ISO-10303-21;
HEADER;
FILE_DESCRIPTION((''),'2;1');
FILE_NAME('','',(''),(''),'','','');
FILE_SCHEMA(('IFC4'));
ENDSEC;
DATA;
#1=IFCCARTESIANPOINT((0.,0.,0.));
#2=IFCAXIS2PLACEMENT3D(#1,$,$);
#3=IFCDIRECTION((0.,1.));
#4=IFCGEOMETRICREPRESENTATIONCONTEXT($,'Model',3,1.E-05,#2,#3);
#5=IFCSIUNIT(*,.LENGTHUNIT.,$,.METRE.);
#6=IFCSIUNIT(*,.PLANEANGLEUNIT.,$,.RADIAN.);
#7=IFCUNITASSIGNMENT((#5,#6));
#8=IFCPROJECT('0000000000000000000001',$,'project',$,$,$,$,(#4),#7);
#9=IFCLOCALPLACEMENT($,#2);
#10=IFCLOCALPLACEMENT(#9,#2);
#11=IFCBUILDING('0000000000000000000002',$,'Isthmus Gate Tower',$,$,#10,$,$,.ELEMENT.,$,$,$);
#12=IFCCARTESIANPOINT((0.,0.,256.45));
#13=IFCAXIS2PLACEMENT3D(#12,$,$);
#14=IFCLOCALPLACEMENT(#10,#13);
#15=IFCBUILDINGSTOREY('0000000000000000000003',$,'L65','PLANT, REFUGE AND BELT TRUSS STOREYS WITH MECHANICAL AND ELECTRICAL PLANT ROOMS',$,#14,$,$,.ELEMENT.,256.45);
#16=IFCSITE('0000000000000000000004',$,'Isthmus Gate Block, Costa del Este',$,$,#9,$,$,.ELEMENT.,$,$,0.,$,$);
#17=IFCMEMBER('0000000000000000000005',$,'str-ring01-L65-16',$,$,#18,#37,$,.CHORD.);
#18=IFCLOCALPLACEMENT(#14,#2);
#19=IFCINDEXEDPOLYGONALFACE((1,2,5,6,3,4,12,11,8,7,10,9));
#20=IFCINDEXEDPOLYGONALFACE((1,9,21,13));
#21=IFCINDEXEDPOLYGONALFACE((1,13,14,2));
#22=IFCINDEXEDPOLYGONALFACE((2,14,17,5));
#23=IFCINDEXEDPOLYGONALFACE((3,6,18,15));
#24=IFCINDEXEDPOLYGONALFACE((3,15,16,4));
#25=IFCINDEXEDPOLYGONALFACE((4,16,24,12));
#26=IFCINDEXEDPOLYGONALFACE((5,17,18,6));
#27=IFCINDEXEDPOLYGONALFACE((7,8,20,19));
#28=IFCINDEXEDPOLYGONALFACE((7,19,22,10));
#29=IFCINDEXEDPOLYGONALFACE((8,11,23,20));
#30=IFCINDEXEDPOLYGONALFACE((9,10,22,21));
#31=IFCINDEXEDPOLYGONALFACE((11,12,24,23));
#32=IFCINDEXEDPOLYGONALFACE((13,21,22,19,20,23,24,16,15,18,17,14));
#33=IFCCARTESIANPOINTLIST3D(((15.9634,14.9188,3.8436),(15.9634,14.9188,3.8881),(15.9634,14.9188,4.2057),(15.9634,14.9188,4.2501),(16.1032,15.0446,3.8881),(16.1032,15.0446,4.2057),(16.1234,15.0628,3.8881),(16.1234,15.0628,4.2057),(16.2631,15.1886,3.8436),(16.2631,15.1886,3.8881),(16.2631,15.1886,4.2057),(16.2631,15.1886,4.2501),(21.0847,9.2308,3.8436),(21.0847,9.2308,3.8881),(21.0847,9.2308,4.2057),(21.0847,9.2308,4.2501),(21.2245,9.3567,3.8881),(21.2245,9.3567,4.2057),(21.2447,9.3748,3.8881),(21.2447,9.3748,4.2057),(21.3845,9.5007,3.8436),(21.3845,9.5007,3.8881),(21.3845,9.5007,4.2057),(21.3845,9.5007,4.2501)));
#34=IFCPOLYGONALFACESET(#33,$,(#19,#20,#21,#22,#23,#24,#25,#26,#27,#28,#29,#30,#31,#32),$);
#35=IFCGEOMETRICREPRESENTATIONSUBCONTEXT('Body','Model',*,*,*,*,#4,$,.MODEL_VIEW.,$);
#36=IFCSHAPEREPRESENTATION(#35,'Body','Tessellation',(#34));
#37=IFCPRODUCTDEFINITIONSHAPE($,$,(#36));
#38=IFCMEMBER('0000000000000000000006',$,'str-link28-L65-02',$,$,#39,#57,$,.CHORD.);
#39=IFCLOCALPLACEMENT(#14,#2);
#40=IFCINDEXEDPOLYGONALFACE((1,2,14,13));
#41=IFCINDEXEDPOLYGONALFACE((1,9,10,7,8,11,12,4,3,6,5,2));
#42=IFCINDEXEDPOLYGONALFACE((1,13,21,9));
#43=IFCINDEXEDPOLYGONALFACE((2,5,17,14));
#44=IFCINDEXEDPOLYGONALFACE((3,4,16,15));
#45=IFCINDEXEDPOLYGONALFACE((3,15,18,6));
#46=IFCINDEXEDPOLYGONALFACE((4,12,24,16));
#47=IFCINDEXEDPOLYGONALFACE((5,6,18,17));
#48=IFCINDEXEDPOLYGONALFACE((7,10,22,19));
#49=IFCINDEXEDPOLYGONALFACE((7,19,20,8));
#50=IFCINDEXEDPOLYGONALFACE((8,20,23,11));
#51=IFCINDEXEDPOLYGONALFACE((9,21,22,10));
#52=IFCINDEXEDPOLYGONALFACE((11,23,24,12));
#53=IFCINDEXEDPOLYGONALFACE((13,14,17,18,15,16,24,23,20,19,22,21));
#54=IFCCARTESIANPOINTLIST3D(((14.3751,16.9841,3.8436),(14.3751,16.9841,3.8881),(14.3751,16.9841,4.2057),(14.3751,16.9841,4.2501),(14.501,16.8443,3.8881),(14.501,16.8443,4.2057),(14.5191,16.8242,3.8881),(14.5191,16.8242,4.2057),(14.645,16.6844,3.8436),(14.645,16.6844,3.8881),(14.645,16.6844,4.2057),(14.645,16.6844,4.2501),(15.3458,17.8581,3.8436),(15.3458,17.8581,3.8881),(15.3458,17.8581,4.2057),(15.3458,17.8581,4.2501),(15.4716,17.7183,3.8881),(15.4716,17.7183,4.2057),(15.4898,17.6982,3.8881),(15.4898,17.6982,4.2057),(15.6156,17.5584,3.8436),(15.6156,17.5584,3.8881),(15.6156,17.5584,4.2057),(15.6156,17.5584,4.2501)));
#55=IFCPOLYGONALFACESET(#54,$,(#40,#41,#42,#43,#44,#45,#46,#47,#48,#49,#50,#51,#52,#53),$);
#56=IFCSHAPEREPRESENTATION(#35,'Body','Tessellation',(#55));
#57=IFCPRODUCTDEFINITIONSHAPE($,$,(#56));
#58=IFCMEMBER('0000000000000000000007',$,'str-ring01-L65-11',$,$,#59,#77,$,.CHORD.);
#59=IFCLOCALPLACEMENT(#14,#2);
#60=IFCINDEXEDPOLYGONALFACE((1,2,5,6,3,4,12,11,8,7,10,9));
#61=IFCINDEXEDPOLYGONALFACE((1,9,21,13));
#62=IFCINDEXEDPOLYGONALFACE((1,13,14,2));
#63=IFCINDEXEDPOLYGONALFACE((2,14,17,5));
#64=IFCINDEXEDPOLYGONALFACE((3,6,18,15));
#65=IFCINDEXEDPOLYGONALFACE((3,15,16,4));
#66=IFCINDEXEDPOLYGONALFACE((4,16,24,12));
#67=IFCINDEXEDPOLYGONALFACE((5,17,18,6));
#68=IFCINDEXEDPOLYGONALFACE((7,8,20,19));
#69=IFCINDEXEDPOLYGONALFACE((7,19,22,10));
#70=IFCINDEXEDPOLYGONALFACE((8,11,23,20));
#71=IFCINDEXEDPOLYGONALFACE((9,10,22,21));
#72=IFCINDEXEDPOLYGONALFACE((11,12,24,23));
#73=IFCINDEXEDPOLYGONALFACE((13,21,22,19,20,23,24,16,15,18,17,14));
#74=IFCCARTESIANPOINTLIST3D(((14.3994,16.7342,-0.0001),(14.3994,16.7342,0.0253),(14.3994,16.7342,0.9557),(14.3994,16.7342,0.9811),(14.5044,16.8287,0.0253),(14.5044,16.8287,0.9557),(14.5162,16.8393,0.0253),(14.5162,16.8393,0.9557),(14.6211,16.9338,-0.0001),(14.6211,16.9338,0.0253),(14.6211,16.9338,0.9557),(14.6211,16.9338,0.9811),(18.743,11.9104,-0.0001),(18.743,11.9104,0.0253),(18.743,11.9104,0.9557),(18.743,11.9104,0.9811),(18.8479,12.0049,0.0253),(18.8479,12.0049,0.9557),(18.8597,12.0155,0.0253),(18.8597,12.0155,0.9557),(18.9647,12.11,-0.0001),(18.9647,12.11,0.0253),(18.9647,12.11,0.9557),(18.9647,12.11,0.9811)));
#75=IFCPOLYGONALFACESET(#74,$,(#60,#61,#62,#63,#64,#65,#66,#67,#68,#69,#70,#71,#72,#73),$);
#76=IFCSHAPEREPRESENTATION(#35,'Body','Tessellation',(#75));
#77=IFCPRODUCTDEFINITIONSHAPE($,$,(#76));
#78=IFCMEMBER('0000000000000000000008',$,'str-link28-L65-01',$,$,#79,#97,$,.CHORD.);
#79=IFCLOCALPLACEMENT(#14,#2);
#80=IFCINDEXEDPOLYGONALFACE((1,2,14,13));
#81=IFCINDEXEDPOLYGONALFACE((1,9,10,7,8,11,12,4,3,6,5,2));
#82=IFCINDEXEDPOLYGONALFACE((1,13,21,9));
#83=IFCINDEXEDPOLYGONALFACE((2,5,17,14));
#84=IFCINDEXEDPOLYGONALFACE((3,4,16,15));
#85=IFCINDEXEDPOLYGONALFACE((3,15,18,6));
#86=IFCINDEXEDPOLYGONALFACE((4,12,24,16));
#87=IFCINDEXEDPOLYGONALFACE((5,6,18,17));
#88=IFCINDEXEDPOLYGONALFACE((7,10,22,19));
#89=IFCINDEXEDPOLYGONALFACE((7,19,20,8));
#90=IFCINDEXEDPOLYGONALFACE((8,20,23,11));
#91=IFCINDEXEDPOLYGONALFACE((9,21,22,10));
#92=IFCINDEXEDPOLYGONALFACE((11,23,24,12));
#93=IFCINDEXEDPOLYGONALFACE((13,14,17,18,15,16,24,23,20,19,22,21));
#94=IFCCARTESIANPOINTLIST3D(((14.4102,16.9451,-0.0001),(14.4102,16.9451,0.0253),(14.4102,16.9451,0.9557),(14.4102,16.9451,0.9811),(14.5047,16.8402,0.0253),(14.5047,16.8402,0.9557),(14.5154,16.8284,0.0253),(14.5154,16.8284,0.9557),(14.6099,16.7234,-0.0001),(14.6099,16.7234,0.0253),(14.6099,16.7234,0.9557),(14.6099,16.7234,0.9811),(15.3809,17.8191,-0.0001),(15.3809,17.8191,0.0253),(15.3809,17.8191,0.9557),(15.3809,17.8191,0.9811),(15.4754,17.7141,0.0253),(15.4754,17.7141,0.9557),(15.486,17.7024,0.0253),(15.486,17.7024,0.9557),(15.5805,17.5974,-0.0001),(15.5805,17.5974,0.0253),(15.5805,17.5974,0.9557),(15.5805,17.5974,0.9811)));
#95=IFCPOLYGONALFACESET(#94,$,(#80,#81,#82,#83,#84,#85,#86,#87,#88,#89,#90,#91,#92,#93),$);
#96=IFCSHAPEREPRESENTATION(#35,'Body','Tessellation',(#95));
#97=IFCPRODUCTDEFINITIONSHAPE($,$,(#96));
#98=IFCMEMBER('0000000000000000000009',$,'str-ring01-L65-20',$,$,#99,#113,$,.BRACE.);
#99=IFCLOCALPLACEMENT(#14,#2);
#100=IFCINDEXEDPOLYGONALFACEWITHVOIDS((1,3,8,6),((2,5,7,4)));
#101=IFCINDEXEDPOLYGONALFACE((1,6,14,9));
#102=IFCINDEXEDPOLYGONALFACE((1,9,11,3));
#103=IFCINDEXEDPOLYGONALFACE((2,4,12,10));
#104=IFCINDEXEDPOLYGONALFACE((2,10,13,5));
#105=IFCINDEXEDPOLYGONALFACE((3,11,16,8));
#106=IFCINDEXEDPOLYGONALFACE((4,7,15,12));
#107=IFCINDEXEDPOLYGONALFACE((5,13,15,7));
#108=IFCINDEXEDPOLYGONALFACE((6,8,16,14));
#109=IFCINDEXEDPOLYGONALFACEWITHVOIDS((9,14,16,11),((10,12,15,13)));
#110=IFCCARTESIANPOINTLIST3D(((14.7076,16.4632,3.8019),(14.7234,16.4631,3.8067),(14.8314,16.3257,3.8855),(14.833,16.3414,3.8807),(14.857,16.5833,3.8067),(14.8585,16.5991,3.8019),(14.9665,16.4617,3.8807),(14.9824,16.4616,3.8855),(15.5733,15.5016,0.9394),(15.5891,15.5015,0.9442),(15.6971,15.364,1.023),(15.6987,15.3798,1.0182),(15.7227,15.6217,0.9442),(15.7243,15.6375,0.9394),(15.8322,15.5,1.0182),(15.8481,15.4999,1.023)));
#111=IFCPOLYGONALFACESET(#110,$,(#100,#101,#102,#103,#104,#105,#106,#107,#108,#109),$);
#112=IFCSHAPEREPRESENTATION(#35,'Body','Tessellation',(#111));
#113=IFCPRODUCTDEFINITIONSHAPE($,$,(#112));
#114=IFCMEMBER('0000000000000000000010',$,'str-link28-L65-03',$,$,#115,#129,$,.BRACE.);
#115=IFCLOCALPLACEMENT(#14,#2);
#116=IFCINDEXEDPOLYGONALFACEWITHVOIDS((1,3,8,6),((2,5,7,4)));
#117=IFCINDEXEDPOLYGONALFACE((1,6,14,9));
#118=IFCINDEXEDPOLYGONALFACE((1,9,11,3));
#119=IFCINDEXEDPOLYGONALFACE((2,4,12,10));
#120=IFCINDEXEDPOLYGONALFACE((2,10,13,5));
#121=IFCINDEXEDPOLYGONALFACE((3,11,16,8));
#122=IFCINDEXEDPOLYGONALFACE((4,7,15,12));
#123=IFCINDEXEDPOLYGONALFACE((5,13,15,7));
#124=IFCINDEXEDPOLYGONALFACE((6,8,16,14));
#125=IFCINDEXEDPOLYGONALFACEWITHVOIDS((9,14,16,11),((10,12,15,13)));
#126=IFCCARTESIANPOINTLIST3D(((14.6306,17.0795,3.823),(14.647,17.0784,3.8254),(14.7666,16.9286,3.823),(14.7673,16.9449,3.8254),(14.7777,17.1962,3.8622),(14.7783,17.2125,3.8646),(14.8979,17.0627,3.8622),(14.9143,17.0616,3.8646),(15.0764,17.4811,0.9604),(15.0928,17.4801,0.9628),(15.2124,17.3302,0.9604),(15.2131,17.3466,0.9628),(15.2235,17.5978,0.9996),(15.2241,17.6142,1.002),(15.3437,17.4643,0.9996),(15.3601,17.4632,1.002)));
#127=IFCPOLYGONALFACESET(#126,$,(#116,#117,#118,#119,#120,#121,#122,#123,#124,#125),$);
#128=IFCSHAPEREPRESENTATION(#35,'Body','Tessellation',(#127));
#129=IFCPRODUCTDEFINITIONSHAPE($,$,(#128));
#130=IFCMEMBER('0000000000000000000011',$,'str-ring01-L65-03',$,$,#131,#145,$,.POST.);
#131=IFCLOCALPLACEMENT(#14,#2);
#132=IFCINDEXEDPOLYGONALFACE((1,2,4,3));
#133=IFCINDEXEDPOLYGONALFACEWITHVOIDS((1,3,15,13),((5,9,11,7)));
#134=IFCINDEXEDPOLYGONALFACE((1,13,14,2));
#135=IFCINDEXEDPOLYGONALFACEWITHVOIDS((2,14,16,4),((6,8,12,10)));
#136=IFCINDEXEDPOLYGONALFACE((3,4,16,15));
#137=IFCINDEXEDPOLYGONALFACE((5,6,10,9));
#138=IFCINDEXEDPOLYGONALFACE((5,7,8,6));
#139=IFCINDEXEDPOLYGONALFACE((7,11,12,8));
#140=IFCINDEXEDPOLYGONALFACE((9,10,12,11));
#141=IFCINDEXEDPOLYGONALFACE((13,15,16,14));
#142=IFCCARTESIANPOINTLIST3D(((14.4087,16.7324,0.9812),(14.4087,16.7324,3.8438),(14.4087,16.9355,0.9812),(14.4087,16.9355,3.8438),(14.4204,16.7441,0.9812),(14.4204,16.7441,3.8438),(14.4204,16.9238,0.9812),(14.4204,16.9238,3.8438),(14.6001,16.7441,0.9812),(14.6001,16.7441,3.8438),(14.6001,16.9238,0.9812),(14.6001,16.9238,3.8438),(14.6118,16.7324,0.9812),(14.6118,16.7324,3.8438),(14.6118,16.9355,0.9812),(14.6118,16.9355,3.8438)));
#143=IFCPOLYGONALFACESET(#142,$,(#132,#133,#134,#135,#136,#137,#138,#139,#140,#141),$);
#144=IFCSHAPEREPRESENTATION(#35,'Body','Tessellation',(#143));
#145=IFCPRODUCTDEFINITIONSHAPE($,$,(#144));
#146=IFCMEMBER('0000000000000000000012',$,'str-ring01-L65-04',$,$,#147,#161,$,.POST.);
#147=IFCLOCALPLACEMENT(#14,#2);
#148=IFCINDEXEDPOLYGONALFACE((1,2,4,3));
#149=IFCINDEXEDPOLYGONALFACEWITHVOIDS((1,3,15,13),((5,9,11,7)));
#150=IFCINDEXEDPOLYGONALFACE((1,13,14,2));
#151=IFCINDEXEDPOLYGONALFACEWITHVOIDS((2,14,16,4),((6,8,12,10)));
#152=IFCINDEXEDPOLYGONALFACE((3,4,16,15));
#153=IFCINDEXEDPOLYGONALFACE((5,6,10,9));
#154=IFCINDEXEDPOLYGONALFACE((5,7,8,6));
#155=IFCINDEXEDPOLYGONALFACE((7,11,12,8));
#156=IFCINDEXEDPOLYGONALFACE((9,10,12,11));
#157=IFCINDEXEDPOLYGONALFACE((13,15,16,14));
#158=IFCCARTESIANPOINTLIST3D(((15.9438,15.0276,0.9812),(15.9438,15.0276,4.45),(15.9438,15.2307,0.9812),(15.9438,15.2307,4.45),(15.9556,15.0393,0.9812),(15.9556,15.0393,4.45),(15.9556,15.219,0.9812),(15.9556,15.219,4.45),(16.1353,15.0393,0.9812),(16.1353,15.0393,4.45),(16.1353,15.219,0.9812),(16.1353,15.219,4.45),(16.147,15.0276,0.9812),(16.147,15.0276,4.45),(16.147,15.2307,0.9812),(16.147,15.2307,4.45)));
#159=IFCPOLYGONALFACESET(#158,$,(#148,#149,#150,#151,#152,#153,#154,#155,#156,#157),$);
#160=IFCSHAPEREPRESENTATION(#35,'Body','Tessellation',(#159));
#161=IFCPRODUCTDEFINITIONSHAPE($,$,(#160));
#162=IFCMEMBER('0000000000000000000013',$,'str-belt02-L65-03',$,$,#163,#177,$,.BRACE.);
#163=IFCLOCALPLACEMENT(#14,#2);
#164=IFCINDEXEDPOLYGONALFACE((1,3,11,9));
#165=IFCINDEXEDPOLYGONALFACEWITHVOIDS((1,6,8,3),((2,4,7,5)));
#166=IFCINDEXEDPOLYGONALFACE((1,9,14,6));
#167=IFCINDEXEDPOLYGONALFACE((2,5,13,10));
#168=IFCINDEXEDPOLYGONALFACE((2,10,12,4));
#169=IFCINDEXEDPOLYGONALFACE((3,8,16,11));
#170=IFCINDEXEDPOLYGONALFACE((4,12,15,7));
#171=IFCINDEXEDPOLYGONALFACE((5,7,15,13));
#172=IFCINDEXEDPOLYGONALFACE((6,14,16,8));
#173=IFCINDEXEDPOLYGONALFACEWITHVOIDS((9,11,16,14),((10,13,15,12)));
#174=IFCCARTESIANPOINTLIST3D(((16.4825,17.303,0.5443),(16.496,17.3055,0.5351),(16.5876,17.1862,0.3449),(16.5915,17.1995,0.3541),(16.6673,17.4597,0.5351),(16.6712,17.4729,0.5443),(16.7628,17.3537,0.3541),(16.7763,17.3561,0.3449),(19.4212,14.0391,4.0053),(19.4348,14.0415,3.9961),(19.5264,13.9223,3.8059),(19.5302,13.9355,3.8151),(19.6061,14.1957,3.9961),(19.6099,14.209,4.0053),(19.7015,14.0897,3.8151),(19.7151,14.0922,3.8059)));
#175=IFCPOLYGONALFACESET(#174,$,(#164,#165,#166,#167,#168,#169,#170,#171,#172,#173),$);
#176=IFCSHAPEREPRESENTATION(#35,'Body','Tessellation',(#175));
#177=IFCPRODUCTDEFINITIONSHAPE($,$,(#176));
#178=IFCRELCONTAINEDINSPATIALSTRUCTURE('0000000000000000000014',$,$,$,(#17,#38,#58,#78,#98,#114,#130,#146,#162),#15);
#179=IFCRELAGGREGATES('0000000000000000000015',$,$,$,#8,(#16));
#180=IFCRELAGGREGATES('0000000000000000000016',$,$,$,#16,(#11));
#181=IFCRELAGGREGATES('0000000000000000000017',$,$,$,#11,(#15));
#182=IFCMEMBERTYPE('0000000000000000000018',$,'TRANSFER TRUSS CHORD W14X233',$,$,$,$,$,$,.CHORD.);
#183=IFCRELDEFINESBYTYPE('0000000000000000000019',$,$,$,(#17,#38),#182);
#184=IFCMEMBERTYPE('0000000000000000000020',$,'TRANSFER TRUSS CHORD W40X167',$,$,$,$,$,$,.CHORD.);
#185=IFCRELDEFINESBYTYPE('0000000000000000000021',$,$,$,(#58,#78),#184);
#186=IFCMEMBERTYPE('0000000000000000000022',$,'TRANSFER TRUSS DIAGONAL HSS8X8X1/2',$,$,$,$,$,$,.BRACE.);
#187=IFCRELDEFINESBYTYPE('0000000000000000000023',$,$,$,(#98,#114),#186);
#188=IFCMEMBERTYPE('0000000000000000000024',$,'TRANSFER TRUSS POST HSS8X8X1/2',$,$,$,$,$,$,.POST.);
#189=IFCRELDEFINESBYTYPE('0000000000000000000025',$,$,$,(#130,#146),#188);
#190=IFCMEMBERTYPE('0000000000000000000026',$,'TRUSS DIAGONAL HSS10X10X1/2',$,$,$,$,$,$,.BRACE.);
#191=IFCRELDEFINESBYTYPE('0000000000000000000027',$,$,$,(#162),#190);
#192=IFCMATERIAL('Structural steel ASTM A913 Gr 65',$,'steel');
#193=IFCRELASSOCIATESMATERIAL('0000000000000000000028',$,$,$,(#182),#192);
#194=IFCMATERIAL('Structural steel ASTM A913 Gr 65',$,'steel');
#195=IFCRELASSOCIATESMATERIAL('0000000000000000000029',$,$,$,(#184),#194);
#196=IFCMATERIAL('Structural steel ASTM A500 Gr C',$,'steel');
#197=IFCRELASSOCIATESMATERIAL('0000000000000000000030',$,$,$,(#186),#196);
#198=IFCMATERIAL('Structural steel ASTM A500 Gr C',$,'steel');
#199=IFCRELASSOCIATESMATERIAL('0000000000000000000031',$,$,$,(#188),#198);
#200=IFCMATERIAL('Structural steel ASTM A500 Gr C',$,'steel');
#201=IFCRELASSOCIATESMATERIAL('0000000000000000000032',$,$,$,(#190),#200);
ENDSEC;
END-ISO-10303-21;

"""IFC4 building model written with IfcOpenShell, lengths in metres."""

from ifc_helpers import new_model, si_unit, direction, frame, origin, origin_2d, place, context, subcontext, project, spatial, hollow_rectangle, i_section, extrude, material, material_profile, profile_set, type_object, element, save


model = new_model("IFC4")

# Units and contexts
model_context = context("Model", 3, precision=1e-05, world=origin(), true_north=direction((0.0, 1.0)))
body_context = subcontext(model_context, "Body", "Model", "MODEL_VIEW")
ifc_project = project(units=[si_unit("LENGTHUNIT", "METRE"), si_unit("PLANEANGLEUNIT", "RADIAN")], contexts=[model_context])

# Site, building, storey
site_placement = place(None, origin())
site = spatial("IfcSite", under=ifc_project, at=site_placement, Name="Isthmus Gate Block, Costa del Este", CompositionType="ELEMENT", RefElevation=0.0)
building_placement = place(site_placement, origin())
building = spatial("IfcBuilding", under=site, at=building_placement, Name="Isthmus Gate Tower", CompositionType="ELEMENT")
storey_placement = place(building_placement, frame((0.0, 0.0, 256.45)))
storey = spatial("IfcBuildingStorey", under=building, at=storey_placement, Name="L65", Description="PLANT, REFUGE AND BELT TRUSS STOREYS WITH MECHANICAL AND ELECTRICAL PLANT ROOMS", CompositionType="ELEMENT", Elevation=256.45)

# Members
ifc_material_1 = material(Name="Structural steel ASTM A913 Gr 65", Category="steel")
ifc_material_profile_1 = material_profile(ifc_material_1, i_section(OverallWidth=0.4033, OverallDepth=0.4065, WebThickness=0.0271, FlangeThickness=0.0444, at=origin_2d()), Name="W14X233")
ifc_profile_set_1 = profile_set([ifc_material_profile_1], Name="Structural steel ASTM A913 Gr 65")
member_type_1 = type_object("IfcMemberType", Name="TRANSFER TRUSS CHORD W14X233", PredefinedType="CHORD", material=ifc_profile_set_1)
member_1_placement = place(storey_placement, frame((16.1133, 15.0537, 4.0469), z_axis=(0.66912, -0.743155, 0.0), x_axis=(0.743155, 0.66912, 0.0)))
element("IfcMember", 1, at=member_1_placement, inside=storey, type_object=member_type_1, Name="str-ring01-L65-16", PredefinedType="CHORD", context=body_context, shape_type="SweptSolid", body=[
    extrude(i_section(OverallWidth=0.4033, OverallDepth=0.4065, WebThickness=0.0271, FlangeThickness=0.0444, at=origin_2d()), origin(), (0.0, 0.0, 1.0), 7.6538),
])
member_2_placement = place(storey_placement, frame((15.4807, 17.7083, 4.0469), z_axis=(-0.743145, -0.66913, 0.0), x_axis=(0.66913, -0.743145, 0.0)))
element("IfcMember", 2, at=member_2_placement, inside=storey, type_object=member_type_1, Name="str-link28-L65-02", PredefinedType="CHORD", context=body_context, shape_type="SweptSolid", body=[
    extrude(i_section(OverallWidth=0.4033, OverallDepth=0.4065, WebThickness=0.0271, FlangeThickness=0.0444, at=origin_2d()), origin(), (0.0, 0.0, 1.0), 1.3062),
])
ifc_material_2 = material(Name="Structural steel ASTM A913 Gr 65", Category="steel")
ifc_material_profile_2 = material_profile(ifc_material_2, i_section(OverallWidth=0.2983, OverallDepth=0.9812, WebThickness=0.0159, FlangeThickness=0.0254, at=origin_2d()), Name="W40X167")
ifc_profile_set_2 = profile_set([ifc_material_profile_2], Name="Structural steel ASTM A913 Gr 65")
member_type_2 = type_object("IfcMemberType", Name="TRANSFER TRUSS CHORD W40X167", PredefinedType="CHORD", material=ifc_profile_set_2)
member_3_placement = place(storey_placement, frame((14.5103, 16.834, 0.4905), z_axis=(0.669148, -0.74313, 0.0), x_axis=(0.74313, 0.669148, 0.0)))
element("IfcMember", 3, at=member_3_placement, inside=storey, type_object=member_type_2, Name="str-ring01-L65-11", PredefinedType="CHORD", context=body_context, shape_type="SweptSolid", body=[
    extrude(i_section(OverallWidth=0.2983, OverallDepth=0.9812, WebThickness=0.0159, FlangeThickness=0.0254, at=origin_2d()), origin(), (0.0, 0.0, 1.0), 6.4912),
])
member_4_placement = place(storey_placement, frame((15.4807, 17.7083, 0.4905), z_axis=(-0.743145, -0.66913, 0.0), x_axis=(0.66913, -0.743145, 0.0)))
element("IfcMember", 4, at=member_4_placement, inside=storey, type_object=member_type_2, Name="str-link28-L65-01", PredefinedType="CHORD", context=body_context, shape_type="SweptSolid", body=[
    extrude(i_section(OverallWidth=0.2983, OverallDepth=0.9812, WebThickness=0.0159, FlangeThickness=0.0254, at=origin_2d()), origin(), (0.0, 0.0, 1.0), 1.3062),
])
ifc_material_3 = material(Name="Structural steel ASTM A500 Gr C", Category="steel")
ifc_material_profile_3 = material_profile(ifc_material_3, hollow_rectangle(XDim=0.2031, YDim=0.2031, WallThickness=0.0117, at=origin_2d()), Name="HSS8X8X1/2")
ifc_profile_set_3 = profile_set([ifc_material_profile_3], Name="Structural steel ASTM A500 Gr C")
member_type_3 = type_object("IfcMemberType", Name="TRANSFER TRUSS DIAGONAL HSS8X8X1/2", PredefinedType="BRACE", material=ifc_profile_set_3)
member_5_placement = place(storey_placement, frame((15.7107, 15.5007, 0.9812), z_axis=(-0.275584, 0.306127, 0.91123), x_axis=(-0.74321, -0.669059, 0.0)))
element("IfcMember", 5, at=member_5_placement, inside=storey, type_object=member_type_3, Name="str-ring01-L65-20", PredefinedType="BRACE", context=body_context, shape_type="SweptSolid", body=[
    extrude(hollow_rectangle(XDim=0.2031, YDim=0.2031, WallThickness=0.0117, at=origin_2d()), origin(), (0.0, 0.0, 1.0), 3.1414),
])
member_6_placement = place(storey_placement, frame((15.2183, 17.4722, 0.9812), z_axis=(-0.152423, -0.137314, 0.97873), x_axis=(0.669324, -0.74297, 0.0)))
element("IfcMember", 6, at=member_6_placement, inside=storey, type_object=member_type_3, Name="str-link28-L65-03", PredefinedType="BRACE", context=body_context, shape_type="SweptSolid", body=[
    extrude(hollow_rectangle(XDim=0.2031, YDim=0.2031, WallThickness=0.0117, at=origin_2d()), origin(), (0.0, 0.0, 1.0), 2.9248),
])
ifc_material_4 = material(Name="Structural steel ASTM A500 Gr C", Category="steel")
ifc_material_profile_4 = material_profile(ifc_material_4, hollow_rectangle(XDim=0.2031, YDim=0.2031, WallThickness=0.0117, at=origin_2d()), Name="HSS8X8X1/2")
ifc_profile_set_4 = profile_set([ifc_material_profile_4], Name="Structural steel ASTM A500 Gr C")
member_type_4 = type_object("IfcMemberType", Name="TRANSFER TRUSS POST HSS8X8X1/2", PredefinedType="POST", material=ifc_profile_set_4)
member_7_placement = place(storey_placement, frame((14.5103, 16.834, 0.9812), z_axis=(0.0, 0.0, 1.0), x_axis=(1.0, 0.0, 0.0)))
element("IfcMember", 7, at=member_7_placement, inside=storey, type_object=member_type_4, Name="str-ring01-L65-03", PredefinedType="POST", context=body_context, shape_type="SweptSolid", body=[
    extrude(hollow_rectangle(XDim=0.2031, YDim=0.2031, WallThickness=0.0117, at=origin_2d()), origin(), (0.0, 0.0, 1.0), 2.8625),
])
member_8_placement = place(storey_placement, frame((16.0454, 15.1292, 0.9812), z_axis=(0.0, 0.0, 1.0), x_axis=(1.0, 0.0, 0.0)))
element("IfcMember", 8, at=member_8_placement, inside=storey, type_object=member_type_4, Name="str-ring01-L65-04", PredefinedType="POST", context=body_context, shape_type="SweptSolid", body=[
    extrude(hollow_rectangle(XDim=0.2031, YDim=0.2031, WallThickness=0.0117, at=origin_2d()), origin(), (0.0, 0.0, 1.0), 3.4688),
])
ifc_material_5 = material(Name="Structural steel ASTM A500 Gr C", Category="steel")
ifc_material_profile_5 = material_profile(ifc_material_5, hollow_rectangle(XDim=0.2539, YDim=0.2539, WallThickness=0.0117, at=origin_2d()), Name="HSS10X10X1/2")
ifc_profile_set_5 = profile_set([ifc_material_profile_5], Name="Structural steel ASTM A500 Gr C")
member_type_5 = type_object("IfcMemberType", Name="TRUSS DIAGONAL HSS10X10X1/2", PredefinedType="BRACE", material=ifc_profile_set_5)
member_9_placement = place(storey_placement, frame((16.6294, 17.3296, 0.4446), z_axis=(0.525549, -0.583705, 0.61894), x_axis=(0.743159, 0.669115, 0.0)))
element("IfcMember", 9, at=member_9_placement, inside=storey, type_object=member_type_5, Name="str-belt02-L65-03", PredefinedType="BRACE", context=body_context, shape_type="SweptSolid", body=[
    extrude(hollow_rectangle(XDim=0.2539, YDim=0.2539, WallThickness=0.0117, at=origin_2d()), origin(), (0.0, 0.0, 1.0), 5.5918),
])

save(model, "model.ifc")
